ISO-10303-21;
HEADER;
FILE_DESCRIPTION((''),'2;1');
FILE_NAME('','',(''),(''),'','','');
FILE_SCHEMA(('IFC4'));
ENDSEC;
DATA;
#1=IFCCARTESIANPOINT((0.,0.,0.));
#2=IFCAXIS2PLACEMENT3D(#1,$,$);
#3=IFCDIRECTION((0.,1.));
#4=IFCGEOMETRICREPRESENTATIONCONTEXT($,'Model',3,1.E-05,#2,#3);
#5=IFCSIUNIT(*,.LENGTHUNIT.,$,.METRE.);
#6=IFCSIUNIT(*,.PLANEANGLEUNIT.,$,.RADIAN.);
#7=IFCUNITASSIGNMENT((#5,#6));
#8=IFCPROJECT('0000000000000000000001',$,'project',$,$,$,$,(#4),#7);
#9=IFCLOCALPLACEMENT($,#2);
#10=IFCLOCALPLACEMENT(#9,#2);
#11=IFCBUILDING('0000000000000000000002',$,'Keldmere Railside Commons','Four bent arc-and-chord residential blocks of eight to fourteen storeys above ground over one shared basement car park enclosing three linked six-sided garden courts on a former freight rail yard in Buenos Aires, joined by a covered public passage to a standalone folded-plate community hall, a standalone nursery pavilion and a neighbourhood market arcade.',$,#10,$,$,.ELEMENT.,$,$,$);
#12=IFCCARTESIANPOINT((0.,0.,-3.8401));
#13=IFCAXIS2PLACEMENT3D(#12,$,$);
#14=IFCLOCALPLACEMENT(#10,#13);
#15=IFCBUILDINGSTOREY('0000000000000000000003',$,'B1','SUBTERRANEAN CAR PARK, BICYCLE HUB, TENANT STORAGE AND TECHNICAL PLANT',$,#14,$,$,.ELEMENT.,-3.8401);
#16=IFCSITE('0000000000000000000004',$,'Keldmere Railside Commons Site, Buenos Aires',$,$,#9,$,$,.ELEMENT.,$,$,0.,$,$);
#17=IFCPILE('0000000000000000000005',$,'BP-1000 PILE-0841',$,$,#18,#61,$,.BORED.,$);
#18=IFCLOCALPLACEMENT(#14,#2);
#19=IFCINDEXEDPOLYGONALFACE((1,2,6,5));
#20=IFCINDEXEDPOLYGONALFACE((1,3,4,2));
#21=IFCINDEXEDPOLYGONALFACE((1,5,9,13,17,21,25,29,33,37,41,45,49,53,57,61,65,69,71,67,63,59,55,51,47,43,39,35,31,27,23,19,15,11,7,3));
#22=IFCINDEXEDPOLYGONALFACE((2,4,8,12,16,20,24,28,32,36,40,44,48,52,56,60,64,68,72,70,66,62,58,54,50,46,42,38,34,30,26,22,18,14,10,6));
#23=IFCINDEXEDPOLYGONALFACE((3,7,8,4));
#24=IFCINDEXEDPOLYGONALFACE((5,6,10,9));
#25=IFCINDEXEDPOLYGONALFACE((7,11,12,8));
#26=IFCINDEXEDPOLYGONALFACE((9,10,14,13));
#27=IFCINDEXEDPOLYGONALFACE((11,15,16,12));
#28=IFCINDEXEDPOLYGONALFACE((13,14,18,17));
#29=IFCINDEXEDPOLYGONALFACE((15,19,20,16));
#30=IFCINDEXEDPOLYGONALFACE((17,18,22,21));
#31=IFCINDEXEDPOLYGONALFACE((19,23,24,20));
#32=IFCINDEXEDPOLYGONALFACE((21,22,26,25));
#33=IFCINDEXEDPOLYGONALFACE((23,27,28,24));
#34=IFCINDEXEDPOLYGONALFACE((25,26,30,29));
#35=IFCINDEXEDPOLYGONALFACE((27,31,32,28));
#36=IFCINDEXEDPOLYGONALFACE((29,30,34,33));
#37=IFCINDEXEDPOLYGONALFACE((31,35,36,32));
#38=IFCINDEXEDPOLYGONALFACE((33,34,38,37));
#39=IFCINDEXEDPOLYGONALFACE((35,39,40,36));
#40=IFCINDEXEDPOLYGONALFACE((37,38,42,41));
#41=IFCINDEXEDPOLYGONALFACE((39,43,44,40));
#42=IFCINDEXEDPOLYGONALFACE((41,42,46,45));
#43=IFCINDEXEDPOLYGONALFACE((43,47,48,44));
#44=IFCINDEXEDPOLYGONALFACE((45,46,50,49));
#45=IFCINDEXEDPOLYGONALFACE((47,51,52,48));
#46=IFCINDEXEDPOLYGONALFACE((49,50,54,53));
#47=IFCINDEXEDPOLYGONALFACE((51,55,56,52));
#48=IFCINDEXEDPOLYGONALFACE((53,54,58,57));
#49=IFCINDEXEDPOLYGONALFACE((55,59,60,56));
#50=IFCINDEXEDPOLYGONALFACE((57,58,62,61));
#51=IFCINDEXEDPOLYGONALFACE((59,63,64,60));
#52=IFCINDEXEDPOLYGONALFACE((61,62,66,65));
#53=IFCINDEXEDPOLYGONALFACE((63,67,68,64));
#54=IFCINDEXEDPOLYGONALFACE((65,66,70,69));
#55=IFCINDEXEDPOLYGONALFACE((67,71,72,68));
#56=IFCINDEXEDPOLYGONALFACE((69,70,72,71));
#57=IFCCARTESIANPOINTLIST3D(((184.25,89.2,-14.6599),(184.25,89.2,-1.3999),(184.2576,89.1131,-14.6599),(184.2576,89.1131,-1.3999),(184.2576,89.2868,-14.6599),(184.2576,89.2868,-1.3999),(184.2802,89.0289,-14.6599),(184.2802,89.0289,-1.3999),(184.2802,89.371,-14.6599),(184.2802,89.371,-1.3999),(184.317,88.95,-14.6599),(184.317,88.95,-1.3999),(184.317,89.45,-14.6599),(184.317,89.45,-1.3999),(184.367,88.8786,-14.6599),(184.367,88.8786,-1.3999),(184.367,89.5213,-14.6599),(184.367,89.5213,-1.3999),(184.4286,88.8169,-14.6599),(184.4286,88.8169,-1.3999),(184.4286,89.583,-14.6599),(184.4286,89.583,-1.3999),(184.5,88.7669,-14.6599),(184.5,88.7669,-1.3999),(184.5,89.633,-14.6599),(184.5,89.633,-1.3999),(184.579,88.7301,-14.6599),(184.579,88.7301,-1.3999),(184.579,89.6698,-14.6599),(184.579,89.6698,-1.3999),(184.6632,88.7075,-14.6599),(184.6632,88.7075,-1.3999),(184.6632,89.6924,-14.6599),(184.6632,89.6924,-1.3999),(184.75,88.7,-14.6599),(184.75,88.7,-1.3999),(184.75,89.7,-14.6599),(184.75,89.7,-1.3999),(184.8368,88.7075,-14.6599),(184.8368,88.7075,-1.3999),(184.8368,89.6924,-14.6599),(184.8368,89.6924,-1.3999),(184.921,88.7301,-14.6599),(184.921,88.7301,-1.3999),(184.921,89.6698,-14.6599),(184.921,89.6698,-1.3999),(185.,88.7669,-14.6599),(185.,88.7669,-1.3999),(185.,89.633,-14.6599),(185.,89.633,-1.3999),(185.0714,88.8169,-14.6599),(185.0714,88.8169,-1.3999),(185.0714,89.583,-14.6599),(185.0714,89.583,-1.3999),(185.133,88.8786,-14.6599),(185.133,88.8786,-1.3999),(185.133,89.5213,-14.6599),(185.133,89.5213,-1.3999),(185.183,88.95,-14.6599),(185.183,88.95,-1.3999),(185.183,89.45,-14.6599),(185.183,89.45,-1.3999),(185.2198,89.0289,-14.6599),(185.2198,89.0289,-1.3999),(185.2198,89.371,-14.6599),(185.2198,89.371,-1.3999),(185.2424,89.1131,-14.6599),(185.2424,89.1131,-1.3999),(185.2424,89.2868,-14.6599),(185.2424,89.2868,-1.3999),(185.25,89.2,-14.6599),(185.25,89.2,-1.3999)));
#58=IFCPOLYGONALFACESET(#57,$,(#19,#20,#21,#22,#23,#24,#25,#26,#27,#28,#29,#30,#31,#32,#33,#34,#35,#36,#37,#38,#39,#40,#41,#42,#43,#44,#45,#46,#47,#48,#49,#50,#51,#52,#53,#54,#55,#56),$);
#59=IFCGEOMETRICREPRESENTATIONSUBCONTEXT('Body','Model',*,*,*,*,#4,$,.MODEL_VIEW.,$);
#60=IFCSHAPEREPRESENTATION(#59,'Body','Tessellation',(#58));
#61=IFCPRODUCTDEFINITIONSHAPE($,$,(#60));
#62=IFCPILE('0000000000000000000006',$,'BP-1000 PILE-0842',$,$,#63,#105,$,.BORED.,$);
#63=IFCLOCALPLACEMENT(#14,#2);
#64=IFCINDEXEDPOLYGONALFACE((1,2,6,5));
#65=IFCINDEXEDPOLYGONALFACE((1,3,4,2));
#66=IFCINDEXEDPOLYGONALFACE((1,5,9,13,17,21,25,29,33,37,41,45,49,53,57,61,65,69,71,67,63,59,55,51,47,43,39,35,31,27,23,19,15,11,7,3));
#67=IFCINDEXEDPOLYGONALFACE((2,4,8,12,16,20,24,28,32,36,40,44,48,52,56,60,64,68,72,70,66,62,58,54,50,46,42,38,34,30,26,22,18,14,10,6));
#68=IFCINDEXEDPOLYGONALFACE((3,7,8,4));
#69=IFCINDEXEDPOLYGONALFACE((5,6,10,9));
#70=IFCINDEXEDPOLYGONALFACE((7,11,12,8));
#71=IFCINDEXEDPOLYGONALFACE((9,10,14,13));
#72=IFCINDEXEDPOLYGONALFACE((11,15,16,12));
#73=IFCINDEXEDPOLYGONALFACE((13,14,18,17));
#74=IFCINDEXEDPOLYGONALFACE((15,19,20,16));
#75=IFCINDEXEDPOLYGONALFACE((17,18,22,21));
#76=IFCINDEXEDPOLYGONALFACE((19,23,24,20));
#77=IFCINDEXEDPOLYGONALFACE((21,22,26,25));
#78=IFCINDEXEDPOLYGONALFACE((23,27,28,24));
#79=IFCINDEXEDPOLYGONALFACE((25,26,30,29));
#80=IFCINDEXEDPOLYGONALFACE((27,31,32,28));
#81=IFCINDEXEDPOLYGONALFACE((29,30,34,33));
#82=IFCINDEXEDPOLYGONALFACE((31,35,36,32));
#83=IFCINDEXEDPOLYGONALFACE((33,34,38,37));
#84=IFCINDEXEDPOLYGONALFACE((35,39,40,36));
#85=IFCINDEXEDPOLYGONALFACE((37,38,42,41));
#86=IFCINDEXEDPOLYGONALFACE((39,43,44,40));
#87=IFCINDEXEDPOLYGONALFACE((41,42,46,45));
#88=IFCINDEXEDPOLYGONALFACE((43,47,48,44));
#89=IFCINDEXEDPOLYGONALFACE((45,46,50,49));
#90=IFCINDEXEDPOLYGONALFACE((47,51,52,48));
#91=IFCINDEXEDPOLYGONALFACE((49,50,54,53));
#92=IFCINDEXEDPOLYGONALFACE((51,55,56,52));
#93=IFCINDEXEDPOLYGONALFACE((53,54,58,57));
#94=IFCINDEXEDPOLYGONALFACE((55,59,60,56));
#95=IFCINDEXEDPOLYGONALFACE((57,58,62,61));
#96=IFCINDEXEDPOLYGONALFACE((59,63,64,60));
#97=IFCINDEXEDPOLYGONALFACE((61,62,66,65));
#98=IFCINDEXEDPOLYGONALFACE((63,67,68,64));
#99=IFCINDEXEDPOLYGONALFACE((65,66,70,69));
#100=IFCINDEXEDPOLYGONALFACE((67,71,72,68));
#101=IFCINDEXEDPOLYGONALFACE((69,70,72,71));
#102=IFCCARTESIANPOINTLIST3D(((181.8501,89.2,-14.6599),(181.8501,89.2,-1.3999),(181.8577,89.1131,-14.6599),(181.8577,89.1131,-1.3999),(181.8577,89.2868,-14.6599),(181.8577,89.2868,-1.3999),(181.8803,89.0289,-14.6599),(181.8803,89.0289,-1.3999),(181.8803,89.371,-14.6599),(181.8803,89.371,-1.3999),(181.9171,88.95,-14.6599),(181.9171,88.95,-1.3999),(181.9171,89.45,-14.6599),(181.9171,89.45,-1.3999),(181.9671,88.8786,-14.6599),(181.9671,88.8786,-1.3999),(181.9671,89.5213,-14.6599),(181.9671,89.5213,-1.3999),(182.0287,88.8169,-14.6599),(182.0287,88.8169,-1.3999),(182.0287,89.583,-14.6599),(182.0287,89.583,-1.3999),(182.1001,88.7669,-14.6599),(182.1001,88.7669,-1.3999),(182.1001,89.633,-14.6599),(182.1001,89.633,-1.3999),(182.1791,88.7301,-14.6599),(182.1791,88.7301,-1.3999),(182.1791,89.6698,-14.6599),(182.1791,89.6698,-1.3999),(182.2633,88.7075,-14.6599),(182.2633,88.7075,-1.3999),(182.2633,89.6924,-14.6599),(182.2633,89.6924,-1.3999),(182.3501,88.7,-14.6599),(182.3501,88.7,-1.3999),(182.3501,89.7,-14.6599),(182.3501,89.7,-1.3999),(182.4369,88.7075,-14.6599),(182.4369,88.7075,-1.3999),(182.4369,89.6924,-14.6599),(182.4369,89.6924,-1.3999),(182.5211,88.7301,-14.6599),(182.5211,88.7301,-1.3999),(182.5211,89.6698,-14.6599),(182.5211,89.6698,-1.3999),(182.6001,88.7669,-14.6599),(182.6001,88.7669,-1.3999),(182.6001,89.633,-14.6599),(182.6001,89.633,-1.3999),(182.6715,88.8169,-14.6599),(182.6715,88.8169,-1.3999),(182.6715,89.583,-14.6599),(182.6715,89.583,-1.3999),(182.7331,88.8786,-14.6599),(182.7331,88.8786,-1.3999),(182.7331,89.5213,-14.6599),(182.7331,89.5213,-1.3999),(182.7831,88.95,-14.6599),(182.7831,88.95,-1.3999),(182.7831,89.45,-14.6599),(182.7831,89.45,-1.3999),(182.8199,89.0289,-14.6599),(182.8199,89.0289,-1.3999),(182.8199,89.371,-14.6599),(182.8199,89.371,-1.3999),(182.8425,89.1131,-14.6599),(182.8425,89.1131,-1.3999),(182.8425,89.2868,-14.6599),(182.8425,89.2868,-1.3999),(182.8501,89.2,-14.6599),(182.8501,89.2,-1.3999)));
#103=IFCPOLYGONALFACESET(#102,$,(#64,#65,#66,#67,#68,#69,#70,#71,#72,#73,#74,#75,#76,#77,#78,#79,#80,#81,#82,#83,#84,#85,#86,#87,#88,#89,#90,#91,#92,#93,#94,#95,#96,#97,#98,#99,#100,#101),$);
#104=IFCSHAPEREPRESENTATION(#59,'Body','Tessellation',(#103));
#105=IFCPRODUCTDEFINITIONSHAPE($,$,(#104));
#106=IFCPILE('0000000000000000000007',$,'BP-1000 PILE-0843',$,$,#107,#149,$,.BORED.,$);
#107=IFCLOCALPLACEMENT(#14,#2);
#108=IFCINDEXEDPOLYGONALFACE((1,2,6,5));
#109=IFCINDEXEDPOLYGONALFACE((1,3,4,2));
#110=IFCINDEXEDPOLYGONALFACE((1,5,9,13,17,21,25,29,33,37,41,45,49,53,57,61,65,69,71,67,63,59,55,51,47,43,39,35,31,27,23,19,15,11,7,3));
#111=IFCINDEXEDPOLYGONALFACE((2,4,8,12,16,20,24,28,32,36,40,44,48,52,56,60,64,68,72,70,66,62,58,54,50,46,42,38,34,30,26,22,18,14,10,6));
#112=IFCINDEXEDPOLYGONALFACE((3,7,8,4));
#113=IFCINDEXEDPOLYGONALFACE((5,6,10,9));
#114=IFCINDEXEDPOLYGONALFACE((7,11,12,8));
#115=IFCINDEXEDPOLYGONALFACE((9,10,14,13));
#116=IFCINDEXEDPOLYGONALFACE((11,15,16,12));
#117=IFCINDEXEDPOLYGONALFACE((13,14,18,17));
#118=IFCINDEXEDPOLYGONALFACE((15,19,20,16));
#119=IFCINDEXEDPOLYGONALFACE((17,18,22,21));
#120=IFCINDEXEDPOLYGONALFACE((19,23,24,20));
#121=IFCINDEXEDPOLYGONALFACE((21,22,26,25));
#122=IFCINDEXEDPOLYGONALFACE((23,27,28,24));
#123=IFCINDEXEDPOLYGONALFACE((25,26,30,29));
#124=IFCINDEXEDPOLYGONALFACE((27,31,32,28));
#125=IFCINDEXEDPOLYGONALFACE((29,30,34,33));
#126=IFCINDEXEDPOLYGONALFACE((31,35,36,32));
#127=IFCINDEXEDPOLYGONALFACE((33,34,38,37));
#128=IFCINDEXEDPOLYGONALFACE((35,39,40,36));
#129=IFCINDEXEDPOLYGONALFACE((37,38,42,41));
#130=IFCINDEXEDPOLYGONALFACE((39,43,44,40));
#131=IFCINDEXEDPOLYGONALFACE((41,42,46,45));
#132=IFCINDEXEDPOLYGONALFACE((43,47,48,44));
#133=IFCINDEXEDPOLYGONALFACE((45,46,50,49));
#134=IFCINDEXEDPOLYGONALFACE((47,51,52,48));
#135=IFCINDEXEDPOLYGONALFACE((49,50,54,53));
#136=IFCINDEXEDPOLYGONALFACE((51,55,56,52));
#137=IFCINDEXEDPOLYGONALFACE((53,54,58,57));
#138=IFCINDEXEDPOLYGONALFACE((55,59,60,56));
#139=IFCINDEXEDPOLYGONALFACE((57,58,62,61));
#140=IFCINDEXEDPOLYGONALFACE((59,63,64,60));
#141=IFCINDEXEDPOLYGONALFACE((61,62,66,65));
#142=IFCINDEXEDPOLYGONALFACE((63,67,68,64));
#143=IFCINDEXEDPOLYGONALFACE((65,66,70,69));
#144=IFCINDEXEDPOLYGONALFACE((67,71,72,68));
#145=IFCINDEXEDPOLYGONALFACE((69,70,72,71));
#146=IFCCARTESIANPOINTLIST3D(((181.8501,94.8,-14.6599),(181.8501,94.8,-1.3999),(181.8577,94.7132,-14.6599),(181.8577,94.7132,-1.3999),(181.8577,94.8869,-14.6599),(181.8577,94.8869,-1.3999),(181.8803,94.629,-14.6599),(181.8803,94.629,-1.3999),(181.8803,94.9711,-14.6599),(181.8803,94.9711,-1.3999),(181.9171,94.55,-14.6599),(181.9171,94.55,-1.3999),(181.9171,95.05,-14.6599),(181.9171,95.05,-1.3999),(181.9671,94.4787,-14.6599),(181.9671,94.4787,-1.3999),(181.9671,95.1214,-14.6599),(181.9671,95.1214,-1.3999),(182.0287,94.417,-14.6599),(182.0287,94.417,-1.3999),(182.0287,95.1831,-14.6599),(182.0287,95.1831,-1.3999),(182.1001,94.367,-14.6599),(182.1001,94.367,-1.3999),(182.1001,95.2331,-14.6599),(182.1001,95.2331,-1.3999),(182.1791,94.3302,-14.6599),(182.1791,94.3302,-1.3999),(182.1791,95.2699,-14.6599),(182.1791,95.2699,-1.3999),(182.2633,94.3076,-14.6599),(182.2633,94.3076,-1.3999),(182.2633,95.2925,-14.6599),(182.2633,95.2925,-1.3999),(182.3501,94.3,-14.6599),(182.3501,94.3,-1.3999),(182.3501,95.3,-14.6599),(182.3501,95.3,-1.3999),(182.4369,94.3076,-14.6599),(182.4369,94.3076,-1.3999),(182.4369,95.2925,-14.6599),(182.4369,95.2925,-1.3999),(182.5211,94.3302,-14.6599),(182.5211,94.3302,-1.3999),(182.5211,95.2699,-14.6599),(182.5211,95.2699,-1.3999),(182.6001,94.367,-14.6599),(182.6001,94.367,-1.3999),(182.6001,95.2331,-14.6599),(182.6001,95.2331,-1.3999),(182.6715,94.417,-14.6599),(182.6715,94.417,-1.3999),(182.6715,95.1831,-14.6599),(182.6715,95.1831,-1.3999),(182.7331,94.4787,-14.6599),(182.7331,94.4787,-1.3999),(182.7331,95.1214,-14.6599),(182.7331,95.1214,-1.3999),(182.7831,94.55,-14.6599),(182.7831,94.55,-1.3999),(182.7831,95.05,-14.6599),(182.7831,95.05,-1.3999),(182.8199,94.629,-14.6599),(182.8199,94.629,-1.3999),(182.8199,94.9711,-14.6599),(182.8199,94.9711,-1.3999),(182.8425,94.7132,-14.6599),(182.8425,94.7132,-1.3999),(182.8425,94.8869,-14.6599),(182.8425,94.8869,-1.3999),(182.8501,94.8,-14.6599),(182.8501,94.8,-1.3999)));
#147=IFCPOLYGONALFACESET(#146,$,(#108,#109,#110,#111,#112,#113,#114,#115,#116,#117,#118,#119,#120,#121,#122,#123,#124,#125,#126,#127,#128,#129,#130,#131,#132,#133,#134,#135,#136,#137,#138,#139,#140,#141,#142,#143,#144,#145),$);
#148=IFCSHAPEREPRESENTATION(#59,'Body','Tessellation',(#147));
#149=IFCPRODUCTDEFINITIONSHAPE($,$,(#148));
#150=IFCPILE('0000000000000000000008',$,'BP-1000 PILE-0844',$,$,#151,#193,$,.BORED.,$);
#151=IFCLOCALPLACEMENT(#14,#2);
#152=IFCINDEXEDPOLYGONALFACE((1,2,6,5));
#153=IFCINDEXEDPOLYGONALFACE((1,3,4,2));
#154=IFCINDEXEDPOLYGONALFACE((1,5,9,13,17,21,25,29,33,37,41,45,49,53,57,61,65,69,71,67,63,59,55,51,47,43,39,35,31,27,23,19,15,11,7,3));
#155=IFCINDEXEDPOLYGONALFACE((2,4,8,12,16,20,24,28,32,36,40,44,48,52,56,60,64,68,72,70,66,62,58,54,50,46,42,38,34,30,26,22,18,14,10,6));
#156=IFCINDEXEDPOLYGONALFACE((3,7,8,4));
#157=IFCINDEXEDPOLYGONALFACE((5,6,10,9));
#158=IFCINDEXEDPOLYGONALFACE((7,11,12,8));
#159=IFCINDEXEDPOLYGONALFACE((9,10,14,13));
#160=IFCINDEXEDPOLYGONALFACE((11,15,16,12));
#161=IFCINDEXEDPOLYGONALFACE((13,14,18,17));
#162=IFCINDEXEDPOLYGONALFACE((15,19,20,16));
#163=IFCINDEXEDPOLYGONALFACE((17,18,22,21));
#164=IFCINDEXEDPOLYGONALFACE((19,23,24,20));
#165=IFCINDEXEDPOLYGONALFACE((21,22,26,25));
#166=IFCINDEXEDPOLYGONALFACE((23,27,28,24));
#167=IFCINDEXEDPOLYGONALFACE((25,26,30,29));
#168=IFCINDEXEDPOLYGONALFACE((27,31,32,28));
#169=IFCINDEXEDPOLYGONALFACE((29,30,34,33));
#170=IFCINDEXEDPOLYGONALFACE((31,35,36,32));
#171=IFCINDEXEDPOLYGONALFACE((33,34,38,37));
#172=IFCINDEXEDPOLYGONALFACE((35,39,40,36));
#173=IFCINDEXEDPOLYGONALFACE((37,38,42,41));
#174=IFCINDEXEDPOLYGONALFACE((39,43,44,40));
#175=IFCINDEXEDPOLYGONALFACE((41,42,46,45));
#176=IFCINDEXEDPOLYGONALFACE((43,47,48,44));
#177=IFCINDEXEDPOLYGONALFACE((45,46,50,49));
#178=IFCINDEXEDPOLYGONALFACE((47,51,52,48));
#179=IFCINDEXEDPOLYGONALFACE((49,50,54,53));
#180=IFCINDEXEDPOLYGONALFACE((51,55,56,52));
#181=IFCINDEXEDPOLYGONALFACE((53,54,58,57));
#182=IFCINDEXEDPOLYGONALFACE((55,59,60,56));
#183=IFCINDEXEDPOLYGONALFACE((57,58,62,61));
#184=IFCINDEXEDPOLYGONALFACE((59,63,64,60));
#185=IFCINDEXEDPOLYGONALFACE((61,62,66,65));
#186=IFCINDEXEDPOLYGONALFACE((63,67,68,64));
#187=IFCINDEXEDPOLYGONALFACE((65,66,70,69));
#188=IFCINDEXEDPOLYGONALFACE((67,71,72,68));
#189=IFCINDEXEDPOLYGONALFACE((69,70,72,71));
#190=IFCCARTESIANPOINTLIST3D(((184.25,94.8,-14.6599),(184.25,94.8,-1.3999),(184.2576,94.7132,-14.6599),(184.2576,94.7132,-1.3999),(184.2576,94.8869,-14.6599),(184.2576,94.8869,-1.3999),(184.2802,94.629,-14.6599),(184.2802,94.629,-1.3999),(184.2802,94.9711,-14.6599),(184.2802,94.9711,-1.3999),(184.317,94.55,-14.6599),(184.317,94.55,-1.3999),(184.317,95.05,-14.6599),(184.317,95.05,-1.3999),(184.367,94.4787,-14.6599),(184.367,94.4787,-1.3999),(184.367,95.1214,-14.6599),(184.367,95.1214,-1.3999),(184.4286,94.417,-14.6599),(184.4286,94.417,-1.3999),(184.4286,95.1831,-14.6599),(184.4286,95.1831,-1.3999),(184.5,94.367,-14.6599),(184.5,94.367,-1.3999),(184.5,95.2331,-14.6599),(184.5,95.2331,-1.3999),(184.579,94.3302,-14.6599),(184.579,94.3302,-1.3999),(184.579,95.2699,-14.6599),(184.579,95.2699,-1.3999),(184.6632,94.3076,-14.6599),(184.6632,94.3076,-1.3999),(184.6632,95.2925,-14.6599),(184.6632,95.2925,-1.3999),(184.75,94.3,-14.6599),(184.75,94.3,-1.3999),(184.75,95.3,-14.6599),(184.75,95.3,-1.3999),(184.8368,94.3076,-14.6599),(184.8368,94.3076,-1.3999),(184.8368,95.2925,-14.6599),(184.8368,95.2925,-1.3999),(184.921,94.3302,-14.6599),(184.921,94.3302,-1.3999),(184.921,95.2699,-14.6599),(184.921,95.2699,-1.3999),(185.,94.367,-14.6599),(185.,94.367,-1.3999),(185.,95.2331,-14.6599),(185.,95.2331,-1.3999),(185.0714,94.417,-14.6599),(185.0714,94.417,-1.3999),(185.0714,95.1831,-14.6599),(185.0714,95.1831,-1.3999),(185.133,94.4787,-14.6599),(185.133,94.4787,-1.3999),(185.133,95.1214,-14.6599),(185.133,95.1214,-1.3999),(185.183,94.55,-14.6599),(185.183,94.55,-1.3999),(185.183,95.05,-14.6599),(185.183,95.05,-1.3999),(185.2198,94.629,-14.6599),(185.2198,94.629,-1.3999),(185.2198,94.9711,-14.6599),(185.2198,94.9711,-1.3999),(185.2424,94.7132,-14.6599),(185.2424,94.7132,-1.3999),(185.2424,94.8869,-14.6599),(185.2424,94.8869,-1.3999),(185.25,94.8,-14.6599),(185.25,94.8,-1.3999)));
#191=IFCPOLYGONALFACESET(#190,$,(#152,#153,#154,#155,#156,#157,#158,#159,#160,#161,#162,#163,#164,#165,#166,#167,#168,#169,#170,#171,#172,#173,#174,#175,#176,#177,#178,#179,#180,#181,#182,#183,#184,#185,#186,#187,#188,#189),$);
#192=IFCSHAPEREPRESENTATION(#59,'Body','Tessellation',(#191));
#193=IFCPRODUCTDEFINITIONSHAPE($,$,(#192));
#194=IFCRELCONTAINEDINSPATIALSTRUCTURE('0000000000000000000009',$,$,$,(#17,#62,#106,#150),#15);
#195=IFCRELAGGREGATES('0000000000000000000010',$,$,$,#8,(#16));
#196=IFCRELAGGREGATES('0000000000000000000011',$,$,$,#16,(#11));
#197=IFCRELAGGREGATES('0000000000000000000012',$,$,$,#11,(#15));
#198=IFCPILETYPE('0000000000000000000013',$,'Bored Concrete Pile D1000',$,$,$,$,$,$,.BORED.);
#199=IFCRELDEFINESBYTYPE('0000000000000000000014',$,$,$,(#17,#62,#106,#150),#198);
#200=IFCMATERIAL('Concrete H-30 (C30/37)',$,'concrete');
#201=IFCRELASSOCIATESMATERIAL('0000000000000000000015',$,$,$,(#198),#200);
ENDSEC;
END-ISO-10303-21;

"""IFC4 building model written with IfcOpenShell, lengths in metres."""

from ifc_helpers import new_model, si_unit, direction, frame, origin, origin_2d, place, context, subcontext, project, spatial, circle, extrude, material, material_profile, profile_set, type_object, element, save


model = new_model("IFC4")

# Units and contexts
model_context = context("Model", 3, precision=1e-05, world=origin(), true_north=direction((0.0, 1.0)))
body_context = subcontext(model_context, "Body", "Model", "MODEL_VIEW")
ifc_project = project(units=[si_unit("LENGTHUNIT", "METRE"), si_unit("PLANEANGLEUNIT", "RADIAN")], contexts=[model_context])

# Site, building, storey
site_placement = place(None, origin())
site = spatial("IfcSite", under=ifc_project, at=site_placement, Name="Keldmere Railside Commons Site, Buenos Aires", CompositionType="ELEMENT", RefElevation=0.0)
building_placement = place(site_placement, origin())
building = spatial("IfcBuilding", under=site, at=building_placement, Name="Keldmere Railside Commons", Description="Four bent arc-and-chord residential blocks of eight to fourteen storeys above ground over one shared basement car park enclosing three linked six-sided garden courts on a former freight rail yard in Buenos Aires, joined by a covered public passage to a standalone folded-plate community hall, a standalone nursery pavilion and a neighbourhood market arcade.", CompositionType="ELEMENT")
storey_placement = place(building_placement, frame((0.0, 0.0, -3.8401)))
storey = spatial("IfcBuildingStorey", under=building, at=storey_placement, Name="B1", Description="SUBTERRANEAN CAR PARK, BICYCLE HUB, TENANT STORAGE AND TECHNICAL PLANT", CompositionType="ELEMENT", Elevation=-3.8401)

# Piles
ifc_material_1 = material(Name="Concrete H-30 (C30/37)", Category="concrete")
ifc_material_profile_1 = material_profile(ifc_material_1, circle(Radius=0.5, at=origin_2d()), Name="PILE-D1000")
ifc_profile_set_1 = profile_set([ifc_material_profile_1], Name="Concrete H-30 (C30/37)")
pile_type_1 = type_object("IfcPileType", Name="Bored Concrete Pile D1000", PredefinedType="BORED", material=ifc_profile_set_1)
for number, where, z_axis, x_axis, name in (
    (1, (184.75, 89.2, -1.3999), (0.0, 0.0, -1.0), (1.0, 0.0, 0.0), "BP-1000 PILE-0841"),
    (2, (182.3501, 89.2, -1.3999), (0.0, 0.0, -1.0), (1.0, 0.0, 0.0), "BP-1000 PILE-0842"),
    (3, (182.3501, 94.8, -1.3999), (0.0, 0.0, -1.0), (1.0, 0.0, 0.0), "BP-1000 PILE-0843"),
    (4, (184.75, 94.8, -1.3999), (0.0, 0.0, -1.0), (1.0, 0.0, 0.0), "BP-1000 PILE-0844"),
):
    element("IfcPile", number, at=place(storey_placement, frame(where, z_axis=z_axis, x_axis=x_axis)), inside=storey, type_object=pile_type_1, Name=name, PredefinedType="BORED", context=body_context, shape_type="SweptSolid", body=[
        extrude(circle(Radius=0.5, at=origin_2d()), origin(), (0.0, 0.0, 1.0), 13.26),
    ])

save(model, "model.ifc")
